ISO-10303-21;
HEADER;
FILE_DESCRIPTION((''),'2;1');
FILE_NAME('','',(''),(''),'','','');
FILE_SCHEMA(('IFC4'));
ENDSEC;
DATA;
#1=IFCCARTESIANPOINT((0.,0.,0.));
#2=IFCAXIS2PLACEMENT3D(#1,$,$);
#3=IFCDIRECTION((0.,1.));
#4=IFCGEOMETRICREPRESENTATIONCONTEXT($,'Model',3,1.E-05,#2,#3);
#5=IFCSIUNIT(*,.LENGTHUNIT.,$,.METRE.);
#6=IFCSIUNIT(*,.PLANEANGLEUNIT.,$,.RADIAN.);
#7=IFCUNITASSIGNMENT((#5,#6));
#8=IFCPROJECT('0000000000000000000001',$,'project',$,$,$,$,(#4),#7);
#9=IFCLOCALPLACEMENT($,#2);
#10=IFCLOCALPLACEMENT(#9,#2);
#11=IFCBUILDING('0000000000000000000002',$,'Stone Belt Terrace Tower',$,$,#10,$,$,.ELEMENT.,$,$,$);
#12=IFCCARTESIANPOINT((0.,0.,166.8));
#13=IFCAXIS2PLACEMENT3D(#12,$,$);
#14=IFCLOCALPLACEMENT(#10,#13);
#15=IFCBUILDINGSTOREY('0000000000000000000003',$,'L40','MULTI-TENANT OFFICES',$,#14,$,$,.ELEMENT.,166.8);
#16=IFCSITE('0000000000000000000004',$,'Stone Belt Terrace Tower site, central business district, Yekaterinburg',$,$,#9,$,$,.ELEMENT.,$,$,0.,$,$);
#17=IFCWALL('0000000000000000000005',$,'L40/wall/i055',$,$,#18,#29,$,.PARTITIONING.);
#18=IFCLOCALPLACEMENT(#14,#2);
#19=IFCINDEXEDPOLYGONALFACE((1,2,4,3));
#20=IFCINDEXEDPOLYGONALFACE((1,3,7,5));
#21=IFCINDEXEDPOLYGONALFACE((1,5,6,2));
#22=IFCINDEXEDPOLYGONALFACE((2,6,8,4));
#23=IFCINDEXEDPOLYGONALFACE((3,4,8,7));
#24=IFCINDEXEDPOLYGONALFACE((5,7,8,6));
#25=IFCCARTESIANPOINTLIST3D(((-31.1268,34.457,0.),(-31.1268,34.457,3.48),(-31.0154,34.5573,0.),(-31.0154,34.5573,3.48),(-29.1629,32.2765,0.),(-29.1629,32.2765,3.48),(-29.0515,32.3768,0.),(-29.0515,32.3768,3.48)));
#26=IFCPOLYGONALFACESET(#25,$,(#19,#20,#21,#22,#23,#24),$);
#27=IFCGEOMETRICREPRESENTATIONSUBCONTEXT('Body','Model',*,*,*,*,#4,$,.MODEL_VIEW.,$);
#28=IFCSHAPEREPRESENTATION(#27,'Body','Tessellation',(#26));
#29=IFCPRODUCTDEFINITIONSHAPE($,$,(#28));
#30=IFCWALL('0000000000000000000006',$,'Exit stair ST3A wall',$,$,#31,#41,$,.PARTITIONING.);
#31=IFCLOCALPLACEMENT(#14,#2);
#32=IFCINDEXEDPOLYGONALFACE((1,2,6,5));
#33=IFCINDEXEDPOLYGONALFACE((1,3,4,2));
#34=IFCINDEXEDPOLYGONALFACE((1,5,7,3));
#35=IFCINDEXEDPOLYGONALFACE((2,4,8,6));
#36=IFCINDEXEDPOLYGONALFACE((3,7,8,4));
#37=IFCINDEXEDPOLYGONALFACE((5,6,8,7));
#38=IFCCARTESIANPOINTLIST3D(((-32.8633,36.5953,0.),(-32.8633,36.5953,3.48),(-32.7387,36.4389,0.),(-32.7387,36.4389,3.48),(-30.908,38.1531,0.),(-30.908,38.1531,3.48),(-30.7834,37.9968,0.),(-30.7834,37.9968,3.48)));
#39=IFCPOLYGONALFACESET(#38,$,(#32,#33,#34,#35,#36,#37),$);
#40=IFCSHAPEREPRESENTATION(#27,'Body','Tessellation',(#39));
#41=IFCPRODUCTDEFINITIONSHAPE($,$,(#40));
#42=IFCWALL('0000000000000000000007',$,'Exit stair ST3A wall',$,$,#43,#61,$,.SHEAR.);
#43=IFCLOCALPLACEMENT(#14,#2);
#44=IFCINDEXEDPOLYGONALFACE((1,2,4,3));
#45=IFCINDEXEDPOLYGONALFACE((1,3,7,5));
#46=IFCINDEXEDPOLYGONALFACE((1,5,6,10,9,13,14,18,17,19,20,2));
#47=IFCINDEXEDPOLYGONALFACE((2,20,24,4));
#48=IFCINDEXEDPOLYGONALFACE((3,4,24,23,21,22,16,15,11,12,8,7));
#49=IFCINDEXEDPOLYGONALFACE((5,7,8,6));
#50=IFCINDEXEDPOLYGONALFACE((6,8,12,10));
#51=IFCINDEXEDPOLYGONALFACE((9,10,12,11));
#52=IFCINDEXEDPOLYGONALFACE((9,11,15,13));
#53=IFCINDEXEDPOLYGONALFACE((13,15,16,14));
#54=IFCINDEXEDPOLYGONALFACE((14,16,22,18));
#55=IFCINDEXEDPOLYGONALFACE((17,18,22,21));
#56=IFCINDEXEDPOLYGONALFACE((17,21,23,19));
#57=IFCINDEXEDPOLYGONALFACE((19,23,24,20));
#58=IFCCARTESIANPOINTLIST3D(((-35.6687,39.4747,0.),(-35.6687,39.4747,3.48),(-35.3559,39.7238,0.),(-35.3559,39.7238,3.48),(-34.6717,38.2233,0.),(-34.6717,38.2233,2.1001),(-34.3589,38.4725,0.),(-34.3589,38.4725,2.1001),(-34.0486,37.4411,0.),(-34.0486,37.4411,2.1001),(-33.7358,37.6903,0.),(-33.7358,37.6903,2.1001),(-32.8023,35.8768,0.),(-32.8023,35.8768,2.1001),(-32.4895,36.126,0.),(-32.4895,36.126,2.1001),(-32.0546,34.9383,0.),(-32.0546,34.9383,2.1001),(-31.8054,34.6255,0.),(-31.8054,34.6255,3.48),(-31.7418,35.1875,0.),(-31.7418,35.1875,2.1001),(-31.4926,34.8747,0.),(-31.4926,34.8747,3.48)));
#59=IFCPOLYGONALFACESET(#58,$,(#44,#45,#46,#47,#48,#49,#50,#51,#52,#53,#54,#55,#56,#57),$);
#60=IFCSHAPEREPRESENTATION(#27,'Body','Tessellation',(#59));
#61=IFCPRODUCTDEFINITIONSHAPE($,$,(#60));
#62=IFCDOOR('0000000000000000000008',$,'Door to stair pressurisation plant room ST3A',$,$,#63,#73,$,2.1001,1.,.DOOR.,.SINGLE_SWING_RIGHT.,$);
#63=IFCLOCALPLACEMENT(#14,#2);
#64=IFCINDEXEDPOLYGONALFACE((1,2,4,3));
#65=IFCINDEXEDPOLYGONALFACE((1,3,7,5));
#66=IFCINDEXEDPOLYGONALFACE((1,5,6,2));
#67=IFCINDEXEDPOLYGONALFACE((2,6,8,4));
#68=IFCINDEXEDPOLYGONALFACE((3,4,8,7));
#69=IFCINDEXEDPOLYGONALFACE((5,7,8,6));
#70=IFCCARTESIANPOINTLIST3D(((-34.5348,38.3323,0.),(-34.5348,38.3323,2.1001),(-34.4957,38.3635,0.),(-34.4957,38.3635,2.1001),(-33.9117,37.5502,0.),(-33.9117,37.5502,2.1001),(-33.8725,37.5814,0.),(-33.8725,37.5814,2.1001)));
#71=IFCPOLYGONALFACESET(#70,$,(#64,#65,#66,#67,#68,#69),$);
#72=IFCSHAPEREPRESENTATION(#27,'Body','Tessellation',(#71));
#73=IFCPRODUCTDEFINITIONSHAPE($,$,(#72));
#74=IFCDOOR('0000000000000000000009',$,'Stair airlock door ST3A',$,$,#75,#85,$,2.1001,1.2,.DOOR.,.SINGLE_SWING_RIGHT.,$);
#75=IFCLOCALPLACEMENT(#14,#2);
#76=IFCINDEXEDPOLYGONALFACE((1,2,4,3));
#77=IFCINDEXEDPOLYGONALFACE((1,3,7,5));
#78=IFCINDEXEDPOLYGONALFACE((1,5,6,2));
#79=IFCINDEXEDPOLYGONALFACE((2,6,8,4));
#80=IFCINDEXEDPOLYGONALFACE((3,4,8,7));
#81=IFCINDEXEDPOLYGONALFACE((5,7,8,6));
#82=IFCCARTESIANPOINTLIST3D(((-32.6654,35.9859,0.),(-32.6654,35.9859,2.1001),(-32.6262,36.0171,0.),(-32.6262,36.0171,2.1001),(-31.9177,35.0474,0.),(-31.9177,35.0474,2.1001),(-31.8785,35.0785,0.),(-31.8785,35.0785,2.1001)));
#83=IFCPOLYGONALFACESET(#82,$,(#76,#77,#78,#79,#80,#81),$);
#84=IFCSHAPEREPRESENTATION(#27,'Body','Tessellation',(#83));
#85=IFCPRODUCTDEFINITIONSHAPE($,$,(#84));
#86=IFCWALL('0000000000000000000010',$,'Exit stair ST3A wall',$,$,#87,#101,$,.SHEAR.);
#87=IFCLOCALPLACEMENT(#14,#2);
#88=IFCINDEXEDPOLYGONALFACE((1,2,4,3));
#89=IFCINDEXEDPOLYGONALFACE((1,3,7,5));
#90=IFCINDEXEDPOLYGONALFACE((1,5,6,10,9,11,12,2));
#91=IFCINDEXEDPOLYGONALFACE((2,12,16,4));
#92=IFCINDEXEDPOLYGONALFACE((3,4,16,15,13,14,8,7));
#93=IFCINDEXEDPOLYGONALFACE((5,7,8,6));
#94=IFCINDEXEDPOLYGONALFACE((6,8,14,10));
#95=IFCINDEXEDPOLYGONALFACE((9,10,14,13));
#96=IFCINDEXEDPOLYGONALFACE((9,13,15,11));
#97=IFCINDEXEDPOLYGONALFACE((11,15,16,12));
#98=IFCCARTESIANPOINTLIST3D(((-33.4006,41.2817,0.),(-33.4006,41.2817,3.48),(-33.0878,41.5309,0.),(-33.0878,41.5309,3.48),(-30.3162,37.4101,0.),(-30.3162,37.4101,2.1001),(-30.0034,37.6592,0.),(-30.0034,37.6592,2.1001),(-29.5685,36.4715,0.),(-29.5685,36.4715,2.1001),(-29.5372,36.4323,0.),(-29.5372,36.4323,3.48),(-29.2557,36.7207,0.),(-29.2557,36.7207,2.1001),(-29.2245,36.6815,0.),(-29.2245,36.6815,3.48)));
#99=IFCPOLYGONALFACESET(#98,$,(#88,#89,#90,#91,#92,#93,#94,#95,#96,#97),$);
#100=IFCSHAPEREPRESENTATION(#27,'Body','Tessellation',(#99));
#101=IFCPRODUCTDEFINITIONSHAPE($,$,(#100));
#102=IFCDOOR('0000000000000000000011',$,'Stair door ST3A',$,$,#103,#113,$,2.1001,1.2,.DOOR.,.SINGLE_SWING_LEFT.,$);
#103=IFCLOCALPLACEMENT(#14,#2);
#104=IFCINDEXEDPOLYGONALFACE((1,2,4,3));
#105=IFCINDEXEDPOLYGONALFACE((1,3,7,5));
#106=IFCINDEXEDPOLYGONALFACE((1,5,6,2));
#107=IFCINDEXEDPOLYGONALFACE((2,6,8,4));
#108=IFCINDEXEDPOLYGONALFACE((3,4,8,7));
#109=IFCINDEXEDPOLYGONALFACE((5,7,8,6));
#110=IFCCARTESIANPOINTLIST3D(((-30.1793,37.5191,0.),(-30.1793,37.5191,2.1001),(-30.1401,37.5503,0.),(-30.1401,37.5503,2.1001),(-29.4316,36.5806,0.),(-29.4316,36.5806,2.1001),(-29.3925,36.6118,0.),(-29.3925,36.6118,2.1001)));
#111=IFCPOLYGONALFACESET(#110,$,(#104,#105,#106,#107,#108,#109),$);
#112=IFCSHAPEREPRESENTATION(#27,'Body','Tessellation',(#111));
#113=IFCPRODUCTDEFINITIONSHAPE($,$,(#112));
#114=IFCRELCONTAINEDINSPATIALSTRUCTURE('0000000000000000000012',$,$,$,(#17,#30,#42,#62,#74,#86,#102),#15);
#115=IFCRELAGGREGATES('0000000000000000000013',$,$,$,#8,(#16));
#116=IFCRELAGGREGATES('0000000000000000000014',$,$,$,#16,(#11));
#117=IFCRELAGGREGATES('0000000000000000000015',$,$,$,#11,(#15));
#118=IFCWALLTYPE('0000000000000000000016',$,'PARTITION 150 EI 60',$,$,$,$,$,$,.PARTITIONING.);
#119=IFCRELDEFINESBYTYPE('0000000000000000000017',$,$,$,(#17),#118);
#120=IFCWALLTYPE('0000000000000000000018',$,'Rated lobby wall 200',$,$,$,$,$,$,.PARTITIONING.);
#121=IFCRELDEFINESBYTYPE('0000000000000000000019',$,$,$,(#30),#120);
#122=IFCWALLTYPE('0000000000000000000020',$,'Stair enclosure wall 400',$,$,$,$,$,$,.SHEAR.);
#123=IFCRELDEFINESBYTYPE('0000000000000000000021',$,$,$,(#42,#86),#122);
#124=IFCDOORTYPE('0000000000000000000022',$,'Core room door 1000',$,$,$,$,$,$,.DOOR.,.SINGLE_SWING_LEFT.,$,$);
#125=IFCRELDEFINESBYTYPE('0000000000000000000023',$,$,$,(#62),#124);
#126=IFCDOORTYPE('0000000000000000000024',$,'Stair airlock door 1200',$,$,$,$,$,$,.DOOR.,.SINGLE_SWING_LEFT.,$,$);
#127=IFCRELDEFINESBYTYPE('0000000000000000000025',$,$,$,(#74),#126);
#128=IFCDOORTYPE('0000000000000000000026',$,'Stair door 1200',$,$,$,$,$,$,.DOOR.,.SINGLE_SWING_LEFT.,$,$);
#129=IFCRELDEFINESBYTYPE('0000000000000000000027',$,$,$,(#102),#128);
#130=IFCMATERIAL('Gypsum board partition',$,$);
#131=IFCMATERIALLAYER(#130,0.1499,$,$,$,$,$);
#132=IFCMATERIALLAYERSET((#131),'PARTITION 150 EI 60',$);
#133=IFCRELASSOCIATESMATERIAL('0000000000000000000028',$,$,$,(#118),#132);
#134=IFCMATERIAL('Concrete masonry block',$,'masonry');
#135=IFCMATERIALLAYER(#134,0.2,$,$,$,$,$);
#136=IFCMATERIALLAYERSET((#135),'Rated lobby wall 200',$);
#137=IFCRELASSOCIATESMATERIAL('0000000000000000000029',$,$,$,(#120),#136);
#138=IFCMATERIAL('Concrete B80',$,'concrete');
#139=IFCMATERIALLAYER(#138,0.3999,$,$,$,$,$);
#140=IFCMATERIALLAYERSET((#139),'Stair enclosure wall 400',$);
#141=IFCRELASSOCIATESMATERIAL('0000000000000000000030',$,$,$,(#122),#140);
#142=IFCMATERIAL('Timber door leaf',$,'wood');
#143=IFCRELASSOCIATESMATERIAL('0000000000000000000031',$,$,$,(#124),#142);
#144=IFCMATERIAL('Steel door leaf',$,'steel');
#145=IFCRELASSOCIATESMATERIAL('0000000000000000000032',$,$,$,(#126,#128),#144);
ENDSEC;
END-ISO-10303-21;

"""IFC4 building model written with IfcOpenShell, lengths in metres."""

from ifc_helpers import new_model, si_unit, direction, frame, frame_2d, origin, place, context, subcontext, project, spatial, rectangle, extrude, material, layer, layer_set, type_object, element, fill, save


model = new_model("IFC4")

# Units and contexts
model_context = context("Model", 3, precision=1e-05, world=origin(), true_north=direction((0.0, 1.0)))
body_context = subcontext(model_context, "Body", "Model", "MODEL_VIEW")
ifc_project = project(units=[si_unit("LENGTHUNIT", "METRE"), si_unit("PLANEANGLEUNIT", "RADIAN")], contexts=[model_context])

# Site, building, storey
site_placement = place(None, origin())
site = spatial("IfcSite", under=ifc_project, at=site_placement, Name="Stone Belt Terrace Tower site, central business district, Yekaterinburg", CompositionType="ELEMENT", RefElevation=0.0)
building_placement = place(site_placement, origin())
building = spatial("IfcBuilding", under=site, at=building_placement, Name="Stone Belt Terrace Tower", CompositionType="ELEMENT")
storey_placement = place(building_placement, frame((0.0, 0.0, 166.8)))
storey = spatial("IfcBuildingStorey", under=building, at=storey_placement, Name="L40", Description="MULTI-TENANT OFFICES", CompositionType="ELEMENT", Elevation=166.8)

# Shared definitions
ifc_material_1 = material(Name="Concrete B80", Category="concrete")

# Shared definitions
ifc_material_2 = material(Name="Gypsum board partition")
ifc_layer_1 = layer(ifc_material_2, 0.1499)
ifc_layer_set_1 = layer_set([ifc_layer_1], Name="PARTITION 150 EI 60")
wall_type_1 = type_object("IfcWallType", Name="PARTITION 150 EI 60", PredefinedType="PARTITIONING", material=ifc_layer_set_1)

# Walls
wall_1_placement = place(storey_placement, frame((-29.1072, 32.3267, 0.0), z_axis=(0.0, 0.0, 1.0), x_axis=(-0.669245, 0.743042, 0.0)))
element("IfcWall", 1, at=wall_1_placement, inside=storey, type_object=wall_type_1, Name="L40/wall/i055", PredefinedType="PARTITIONING", context=body_context, shape_type="SweptSolid", body=[
    extrude(rectangle(XDim=2.9346, YDim=0.1499, at=frame_2d((1.4673, 0.0))), origin(), (0.0, 0.0, 1.0), 3.48),
])
ifc_material_3 = material(Name="Concrete masonry block", Category="masonry")
ifc_layer_2 = layer(ifc_material_3, 0.2)
ifc_layer_set_2 = layer_set([ifc_layer_2], Name="Rated lobby wall 200")
wall_type_2 = type_object("IfcWallType", Name="Rated lobby wall 200", PredefinedType="PARTITIONING", material=ifc_layer_set_2)
wall_2_placement = place(storey_placement, frame((-30.8457, 38.075, 0.0), z_axis=(0.0, 0.0, 1.0), x_axis=(-0.782115, -0.623134, 0.0)))
element("IfcWall", 2, at=wall_2_placement, inside=storey, type_object=wall_type_2, Name="Exit stair ST3A wall", PredefinedType="PARTITIONING", context=body_context, shape_type="SweptSolid", body=[
    extrude(rectangle(XDim=2.5, YDim=0.2, at=frame_2d((1.25, 0.0))), origin(), (0.0, 0.0, 1.0), 3.48),
])

# Wall, openings, doors
ifc_layer_3 = layer(ifc_material_1, 0.3999)
ifc_layer_set_3 = layer_set([ifc_layer_3], Name="Stair enclosure wall 400")
wall_type_3 = type_object("IfcWallType", Name="Stair enclosure wall 400", PredefinedType="SHEAR", material=ifc_layer_set_3)
wall_3_placement = place(storey_placement, frame((-31.6489, 34.75, 0.0), z_axis=(0.0, 0.0, 1.0), x_axis=(-0.623119, 0.782127, 0.0)))
wall_3 = element("IfcWall", 3, at=wall_3_placement, inside=storey, type_object=wall_type_3, Name="Exit stair ST3A wall", PredefinedType="SHEAR", context=body_context, shape_type="SweptSolid", body=[
    extrude(rectangle(XDim=6.2, YDim=0.3999, at=frame_2d((3.1001, 0.0))), origin(), (0.0, 0.0, 1.0), 3.48),
])
opening_1_placement = place(wall_3_placement, frame((0.3999, 0.0, 0.0)))
opening_1 = element("IfcOpeningElement", 4, at=opening_1_placement, cuts=wall_3, PredefinedType="OPENING", context=body_context, shape_type="SweptSolid", body=[
    extrude(rectangle(XDim=1.2, YDim=2.1001, at=frame_2d((0.6001, 1.05))), frame((0.0, 0.21, 0.0), z_axis=(0.0, -1.0, 0.0), x_axis=(1.0, 0.0, 0.0)), (0.0, 0.0, 1.0), 0.4199),
])
opening_2_placement = place(wall_3_placement, frame((3.6001, 0.0, 0.0)))
opening_2 = element("IfcOpeningElement", 5, at=opening_2_placement, cuts=wall_3, PredefinedType="OPENING", context=body_context, shape_type="SweptSolid", body=[
    extrude(rectangle(XDim=1.0, YDim=2.1001, at=frame_2d((0.5, 1.05))), frame((0.0, 0.21, 0.0), z_axis=(0.0, -1.0, 0.0), x_axis=(1.0, 0.0, 0.0)), (0.0, 0.0, 1.0), 0.4199),
])
ifc_material_4 = material(Name="Timber door leaf", Category="wood")
door_type_1 = type_object("IfcDoorType", Name="Core room door 1000", OperationType="SINGLE_SWING_LEFT", PredefinedType="DOOR", material=ifc_material_4)
door_1_placement = place(opening_2_placement, origin())
door_1 = element("IfcDoor", 6, at=door_1_placement, inside=storey, type_object=door_type_1, Name="Door to stair pressurisation plant room ST3A", OperationType="SINGLE_SWING_RIGHT", OverallHeight=2.1001, OverallWidth=1.0, PredefinedType="DOOR", context=body_context, shape_type="SweptSolid", body=[
    extrude(rectangle(XDim=1.0, YDim=2.1001, at=frame_2d((0.5, 1.05))), frame((0.0, 0.0249, 0.0), z_axis=(0.0, -1.0, 0.0), x_axis=(1.0, 0.0, 0.0)), (0.0, 0.0, 1.0), 0.05),
])
fill(opening_2, door_1)
ifc_material_5 = material(Name="Steel door leaf", Category="steel")
door_type_2 = type_object("IfcDoorType", Name="Stair airlock door 1200", OperationType="SINGLE_SWING_LEFT", PredefinedType="DOOR", material=ifc_material_5)
door_2_placement = place(opening_1_placement, origin())
door_2 = element("IfcDoor", 7, at=door_2_placement, inside=storey, type_object=door_type_2, Name="Stair airlock door ST3A", OperationType="SINGLE_SWING_RIGHT", OverallHeight=2.1001, OverallWidth=1.2, PredefinedType="DOOR", context=body_context, shape_type="SweptSolid", body=[
    extrude(rectangle(XDim=1.2, YDim=2.1001, at=frame_2d((0.6001, 1.05))), frame((0.0, 0.0249, 0.0), z_axis=(0.0, -1.0, 0.0), x_axis=(1.0, 0.0, 0.0)), (0.0, 0.0, 1.0), 0.05),
])
fill(opening_1, door_2)

# Wall, opening, door
wall_4_placement = place(storey_placement, frame((-29.3809, 36.5569, 0.0), z_axis=(0.0, 0.0, 1.0), x_axis=(-0.623099, 0.782143, 0.0)))
wall_4 = element("IfcWall", 8, at=wall_4_placement, inside=storey, type_object=wall_type_3, Name="Exit stair ST3A wall", PredefinedType="SHEAR", context=body_context, shape_type="SweptSolid", body=[
    extrude(rectangle(XDim=6.2002, YDim=0.3999, at=frame_2d((3.1001, 0.0))), origin(), (0.0, 0.0, 1.0), 3.48),
])
opening_3_placement = place(wall_4_placement, frame((0.05, 0.0, 0.0)))
opening_3 = element("IfcOpeningElement", 9, at=opening_3_placement, cuts=wall_4, PredefinedType="OPENING", context=body_context, shape_type="SweptSolid", body=[
    extrude(rectangle(XDim=1.2, YDim=2.1001, at=frame_2d((0.6001, 1.05))), frame((0.0, 0.21, 0.0), z_axis=(0.0, -1.0, 0.0), x_axis=(1.0, 0.0, 0.0)), (0.0, 0.0, 1.0), 0.4199),
])
door_type_3 = type_object("IfcDoorType", Name="Stair door 1200", OperationType="SINGLE_SWING_LEFT", PredefinedType="DOOR", material=ifc_material_5)
door_3_placement = place(opening_3_placement, origin())
door_3 = element("IfcDoor", 10, at=door_3_placement, inside=storey, type_object=door_type_3, Name="Stair door ST3A", OperationType="SINGLE_SWING_LEFT", OverallHeight=2.1001, OverallWidth=1.2, PredefinedType="DOOR", context=body_context, shape_type="SweptSolid", body=[
    extrude(rectangle(XDim=1.2, YDim=2.1001, at=frame_2d((0.6001, 1.05))), frame((0.0, 0.0249, 0.0), z_axis=(0.0, -1.0, 0.0), x_axis=(1.0, 0.0, 0.0)), (0.0, 0.0, 1.0), 0.05),
])
fill(opening_3, door_3)

save(model, "model.ifc")
